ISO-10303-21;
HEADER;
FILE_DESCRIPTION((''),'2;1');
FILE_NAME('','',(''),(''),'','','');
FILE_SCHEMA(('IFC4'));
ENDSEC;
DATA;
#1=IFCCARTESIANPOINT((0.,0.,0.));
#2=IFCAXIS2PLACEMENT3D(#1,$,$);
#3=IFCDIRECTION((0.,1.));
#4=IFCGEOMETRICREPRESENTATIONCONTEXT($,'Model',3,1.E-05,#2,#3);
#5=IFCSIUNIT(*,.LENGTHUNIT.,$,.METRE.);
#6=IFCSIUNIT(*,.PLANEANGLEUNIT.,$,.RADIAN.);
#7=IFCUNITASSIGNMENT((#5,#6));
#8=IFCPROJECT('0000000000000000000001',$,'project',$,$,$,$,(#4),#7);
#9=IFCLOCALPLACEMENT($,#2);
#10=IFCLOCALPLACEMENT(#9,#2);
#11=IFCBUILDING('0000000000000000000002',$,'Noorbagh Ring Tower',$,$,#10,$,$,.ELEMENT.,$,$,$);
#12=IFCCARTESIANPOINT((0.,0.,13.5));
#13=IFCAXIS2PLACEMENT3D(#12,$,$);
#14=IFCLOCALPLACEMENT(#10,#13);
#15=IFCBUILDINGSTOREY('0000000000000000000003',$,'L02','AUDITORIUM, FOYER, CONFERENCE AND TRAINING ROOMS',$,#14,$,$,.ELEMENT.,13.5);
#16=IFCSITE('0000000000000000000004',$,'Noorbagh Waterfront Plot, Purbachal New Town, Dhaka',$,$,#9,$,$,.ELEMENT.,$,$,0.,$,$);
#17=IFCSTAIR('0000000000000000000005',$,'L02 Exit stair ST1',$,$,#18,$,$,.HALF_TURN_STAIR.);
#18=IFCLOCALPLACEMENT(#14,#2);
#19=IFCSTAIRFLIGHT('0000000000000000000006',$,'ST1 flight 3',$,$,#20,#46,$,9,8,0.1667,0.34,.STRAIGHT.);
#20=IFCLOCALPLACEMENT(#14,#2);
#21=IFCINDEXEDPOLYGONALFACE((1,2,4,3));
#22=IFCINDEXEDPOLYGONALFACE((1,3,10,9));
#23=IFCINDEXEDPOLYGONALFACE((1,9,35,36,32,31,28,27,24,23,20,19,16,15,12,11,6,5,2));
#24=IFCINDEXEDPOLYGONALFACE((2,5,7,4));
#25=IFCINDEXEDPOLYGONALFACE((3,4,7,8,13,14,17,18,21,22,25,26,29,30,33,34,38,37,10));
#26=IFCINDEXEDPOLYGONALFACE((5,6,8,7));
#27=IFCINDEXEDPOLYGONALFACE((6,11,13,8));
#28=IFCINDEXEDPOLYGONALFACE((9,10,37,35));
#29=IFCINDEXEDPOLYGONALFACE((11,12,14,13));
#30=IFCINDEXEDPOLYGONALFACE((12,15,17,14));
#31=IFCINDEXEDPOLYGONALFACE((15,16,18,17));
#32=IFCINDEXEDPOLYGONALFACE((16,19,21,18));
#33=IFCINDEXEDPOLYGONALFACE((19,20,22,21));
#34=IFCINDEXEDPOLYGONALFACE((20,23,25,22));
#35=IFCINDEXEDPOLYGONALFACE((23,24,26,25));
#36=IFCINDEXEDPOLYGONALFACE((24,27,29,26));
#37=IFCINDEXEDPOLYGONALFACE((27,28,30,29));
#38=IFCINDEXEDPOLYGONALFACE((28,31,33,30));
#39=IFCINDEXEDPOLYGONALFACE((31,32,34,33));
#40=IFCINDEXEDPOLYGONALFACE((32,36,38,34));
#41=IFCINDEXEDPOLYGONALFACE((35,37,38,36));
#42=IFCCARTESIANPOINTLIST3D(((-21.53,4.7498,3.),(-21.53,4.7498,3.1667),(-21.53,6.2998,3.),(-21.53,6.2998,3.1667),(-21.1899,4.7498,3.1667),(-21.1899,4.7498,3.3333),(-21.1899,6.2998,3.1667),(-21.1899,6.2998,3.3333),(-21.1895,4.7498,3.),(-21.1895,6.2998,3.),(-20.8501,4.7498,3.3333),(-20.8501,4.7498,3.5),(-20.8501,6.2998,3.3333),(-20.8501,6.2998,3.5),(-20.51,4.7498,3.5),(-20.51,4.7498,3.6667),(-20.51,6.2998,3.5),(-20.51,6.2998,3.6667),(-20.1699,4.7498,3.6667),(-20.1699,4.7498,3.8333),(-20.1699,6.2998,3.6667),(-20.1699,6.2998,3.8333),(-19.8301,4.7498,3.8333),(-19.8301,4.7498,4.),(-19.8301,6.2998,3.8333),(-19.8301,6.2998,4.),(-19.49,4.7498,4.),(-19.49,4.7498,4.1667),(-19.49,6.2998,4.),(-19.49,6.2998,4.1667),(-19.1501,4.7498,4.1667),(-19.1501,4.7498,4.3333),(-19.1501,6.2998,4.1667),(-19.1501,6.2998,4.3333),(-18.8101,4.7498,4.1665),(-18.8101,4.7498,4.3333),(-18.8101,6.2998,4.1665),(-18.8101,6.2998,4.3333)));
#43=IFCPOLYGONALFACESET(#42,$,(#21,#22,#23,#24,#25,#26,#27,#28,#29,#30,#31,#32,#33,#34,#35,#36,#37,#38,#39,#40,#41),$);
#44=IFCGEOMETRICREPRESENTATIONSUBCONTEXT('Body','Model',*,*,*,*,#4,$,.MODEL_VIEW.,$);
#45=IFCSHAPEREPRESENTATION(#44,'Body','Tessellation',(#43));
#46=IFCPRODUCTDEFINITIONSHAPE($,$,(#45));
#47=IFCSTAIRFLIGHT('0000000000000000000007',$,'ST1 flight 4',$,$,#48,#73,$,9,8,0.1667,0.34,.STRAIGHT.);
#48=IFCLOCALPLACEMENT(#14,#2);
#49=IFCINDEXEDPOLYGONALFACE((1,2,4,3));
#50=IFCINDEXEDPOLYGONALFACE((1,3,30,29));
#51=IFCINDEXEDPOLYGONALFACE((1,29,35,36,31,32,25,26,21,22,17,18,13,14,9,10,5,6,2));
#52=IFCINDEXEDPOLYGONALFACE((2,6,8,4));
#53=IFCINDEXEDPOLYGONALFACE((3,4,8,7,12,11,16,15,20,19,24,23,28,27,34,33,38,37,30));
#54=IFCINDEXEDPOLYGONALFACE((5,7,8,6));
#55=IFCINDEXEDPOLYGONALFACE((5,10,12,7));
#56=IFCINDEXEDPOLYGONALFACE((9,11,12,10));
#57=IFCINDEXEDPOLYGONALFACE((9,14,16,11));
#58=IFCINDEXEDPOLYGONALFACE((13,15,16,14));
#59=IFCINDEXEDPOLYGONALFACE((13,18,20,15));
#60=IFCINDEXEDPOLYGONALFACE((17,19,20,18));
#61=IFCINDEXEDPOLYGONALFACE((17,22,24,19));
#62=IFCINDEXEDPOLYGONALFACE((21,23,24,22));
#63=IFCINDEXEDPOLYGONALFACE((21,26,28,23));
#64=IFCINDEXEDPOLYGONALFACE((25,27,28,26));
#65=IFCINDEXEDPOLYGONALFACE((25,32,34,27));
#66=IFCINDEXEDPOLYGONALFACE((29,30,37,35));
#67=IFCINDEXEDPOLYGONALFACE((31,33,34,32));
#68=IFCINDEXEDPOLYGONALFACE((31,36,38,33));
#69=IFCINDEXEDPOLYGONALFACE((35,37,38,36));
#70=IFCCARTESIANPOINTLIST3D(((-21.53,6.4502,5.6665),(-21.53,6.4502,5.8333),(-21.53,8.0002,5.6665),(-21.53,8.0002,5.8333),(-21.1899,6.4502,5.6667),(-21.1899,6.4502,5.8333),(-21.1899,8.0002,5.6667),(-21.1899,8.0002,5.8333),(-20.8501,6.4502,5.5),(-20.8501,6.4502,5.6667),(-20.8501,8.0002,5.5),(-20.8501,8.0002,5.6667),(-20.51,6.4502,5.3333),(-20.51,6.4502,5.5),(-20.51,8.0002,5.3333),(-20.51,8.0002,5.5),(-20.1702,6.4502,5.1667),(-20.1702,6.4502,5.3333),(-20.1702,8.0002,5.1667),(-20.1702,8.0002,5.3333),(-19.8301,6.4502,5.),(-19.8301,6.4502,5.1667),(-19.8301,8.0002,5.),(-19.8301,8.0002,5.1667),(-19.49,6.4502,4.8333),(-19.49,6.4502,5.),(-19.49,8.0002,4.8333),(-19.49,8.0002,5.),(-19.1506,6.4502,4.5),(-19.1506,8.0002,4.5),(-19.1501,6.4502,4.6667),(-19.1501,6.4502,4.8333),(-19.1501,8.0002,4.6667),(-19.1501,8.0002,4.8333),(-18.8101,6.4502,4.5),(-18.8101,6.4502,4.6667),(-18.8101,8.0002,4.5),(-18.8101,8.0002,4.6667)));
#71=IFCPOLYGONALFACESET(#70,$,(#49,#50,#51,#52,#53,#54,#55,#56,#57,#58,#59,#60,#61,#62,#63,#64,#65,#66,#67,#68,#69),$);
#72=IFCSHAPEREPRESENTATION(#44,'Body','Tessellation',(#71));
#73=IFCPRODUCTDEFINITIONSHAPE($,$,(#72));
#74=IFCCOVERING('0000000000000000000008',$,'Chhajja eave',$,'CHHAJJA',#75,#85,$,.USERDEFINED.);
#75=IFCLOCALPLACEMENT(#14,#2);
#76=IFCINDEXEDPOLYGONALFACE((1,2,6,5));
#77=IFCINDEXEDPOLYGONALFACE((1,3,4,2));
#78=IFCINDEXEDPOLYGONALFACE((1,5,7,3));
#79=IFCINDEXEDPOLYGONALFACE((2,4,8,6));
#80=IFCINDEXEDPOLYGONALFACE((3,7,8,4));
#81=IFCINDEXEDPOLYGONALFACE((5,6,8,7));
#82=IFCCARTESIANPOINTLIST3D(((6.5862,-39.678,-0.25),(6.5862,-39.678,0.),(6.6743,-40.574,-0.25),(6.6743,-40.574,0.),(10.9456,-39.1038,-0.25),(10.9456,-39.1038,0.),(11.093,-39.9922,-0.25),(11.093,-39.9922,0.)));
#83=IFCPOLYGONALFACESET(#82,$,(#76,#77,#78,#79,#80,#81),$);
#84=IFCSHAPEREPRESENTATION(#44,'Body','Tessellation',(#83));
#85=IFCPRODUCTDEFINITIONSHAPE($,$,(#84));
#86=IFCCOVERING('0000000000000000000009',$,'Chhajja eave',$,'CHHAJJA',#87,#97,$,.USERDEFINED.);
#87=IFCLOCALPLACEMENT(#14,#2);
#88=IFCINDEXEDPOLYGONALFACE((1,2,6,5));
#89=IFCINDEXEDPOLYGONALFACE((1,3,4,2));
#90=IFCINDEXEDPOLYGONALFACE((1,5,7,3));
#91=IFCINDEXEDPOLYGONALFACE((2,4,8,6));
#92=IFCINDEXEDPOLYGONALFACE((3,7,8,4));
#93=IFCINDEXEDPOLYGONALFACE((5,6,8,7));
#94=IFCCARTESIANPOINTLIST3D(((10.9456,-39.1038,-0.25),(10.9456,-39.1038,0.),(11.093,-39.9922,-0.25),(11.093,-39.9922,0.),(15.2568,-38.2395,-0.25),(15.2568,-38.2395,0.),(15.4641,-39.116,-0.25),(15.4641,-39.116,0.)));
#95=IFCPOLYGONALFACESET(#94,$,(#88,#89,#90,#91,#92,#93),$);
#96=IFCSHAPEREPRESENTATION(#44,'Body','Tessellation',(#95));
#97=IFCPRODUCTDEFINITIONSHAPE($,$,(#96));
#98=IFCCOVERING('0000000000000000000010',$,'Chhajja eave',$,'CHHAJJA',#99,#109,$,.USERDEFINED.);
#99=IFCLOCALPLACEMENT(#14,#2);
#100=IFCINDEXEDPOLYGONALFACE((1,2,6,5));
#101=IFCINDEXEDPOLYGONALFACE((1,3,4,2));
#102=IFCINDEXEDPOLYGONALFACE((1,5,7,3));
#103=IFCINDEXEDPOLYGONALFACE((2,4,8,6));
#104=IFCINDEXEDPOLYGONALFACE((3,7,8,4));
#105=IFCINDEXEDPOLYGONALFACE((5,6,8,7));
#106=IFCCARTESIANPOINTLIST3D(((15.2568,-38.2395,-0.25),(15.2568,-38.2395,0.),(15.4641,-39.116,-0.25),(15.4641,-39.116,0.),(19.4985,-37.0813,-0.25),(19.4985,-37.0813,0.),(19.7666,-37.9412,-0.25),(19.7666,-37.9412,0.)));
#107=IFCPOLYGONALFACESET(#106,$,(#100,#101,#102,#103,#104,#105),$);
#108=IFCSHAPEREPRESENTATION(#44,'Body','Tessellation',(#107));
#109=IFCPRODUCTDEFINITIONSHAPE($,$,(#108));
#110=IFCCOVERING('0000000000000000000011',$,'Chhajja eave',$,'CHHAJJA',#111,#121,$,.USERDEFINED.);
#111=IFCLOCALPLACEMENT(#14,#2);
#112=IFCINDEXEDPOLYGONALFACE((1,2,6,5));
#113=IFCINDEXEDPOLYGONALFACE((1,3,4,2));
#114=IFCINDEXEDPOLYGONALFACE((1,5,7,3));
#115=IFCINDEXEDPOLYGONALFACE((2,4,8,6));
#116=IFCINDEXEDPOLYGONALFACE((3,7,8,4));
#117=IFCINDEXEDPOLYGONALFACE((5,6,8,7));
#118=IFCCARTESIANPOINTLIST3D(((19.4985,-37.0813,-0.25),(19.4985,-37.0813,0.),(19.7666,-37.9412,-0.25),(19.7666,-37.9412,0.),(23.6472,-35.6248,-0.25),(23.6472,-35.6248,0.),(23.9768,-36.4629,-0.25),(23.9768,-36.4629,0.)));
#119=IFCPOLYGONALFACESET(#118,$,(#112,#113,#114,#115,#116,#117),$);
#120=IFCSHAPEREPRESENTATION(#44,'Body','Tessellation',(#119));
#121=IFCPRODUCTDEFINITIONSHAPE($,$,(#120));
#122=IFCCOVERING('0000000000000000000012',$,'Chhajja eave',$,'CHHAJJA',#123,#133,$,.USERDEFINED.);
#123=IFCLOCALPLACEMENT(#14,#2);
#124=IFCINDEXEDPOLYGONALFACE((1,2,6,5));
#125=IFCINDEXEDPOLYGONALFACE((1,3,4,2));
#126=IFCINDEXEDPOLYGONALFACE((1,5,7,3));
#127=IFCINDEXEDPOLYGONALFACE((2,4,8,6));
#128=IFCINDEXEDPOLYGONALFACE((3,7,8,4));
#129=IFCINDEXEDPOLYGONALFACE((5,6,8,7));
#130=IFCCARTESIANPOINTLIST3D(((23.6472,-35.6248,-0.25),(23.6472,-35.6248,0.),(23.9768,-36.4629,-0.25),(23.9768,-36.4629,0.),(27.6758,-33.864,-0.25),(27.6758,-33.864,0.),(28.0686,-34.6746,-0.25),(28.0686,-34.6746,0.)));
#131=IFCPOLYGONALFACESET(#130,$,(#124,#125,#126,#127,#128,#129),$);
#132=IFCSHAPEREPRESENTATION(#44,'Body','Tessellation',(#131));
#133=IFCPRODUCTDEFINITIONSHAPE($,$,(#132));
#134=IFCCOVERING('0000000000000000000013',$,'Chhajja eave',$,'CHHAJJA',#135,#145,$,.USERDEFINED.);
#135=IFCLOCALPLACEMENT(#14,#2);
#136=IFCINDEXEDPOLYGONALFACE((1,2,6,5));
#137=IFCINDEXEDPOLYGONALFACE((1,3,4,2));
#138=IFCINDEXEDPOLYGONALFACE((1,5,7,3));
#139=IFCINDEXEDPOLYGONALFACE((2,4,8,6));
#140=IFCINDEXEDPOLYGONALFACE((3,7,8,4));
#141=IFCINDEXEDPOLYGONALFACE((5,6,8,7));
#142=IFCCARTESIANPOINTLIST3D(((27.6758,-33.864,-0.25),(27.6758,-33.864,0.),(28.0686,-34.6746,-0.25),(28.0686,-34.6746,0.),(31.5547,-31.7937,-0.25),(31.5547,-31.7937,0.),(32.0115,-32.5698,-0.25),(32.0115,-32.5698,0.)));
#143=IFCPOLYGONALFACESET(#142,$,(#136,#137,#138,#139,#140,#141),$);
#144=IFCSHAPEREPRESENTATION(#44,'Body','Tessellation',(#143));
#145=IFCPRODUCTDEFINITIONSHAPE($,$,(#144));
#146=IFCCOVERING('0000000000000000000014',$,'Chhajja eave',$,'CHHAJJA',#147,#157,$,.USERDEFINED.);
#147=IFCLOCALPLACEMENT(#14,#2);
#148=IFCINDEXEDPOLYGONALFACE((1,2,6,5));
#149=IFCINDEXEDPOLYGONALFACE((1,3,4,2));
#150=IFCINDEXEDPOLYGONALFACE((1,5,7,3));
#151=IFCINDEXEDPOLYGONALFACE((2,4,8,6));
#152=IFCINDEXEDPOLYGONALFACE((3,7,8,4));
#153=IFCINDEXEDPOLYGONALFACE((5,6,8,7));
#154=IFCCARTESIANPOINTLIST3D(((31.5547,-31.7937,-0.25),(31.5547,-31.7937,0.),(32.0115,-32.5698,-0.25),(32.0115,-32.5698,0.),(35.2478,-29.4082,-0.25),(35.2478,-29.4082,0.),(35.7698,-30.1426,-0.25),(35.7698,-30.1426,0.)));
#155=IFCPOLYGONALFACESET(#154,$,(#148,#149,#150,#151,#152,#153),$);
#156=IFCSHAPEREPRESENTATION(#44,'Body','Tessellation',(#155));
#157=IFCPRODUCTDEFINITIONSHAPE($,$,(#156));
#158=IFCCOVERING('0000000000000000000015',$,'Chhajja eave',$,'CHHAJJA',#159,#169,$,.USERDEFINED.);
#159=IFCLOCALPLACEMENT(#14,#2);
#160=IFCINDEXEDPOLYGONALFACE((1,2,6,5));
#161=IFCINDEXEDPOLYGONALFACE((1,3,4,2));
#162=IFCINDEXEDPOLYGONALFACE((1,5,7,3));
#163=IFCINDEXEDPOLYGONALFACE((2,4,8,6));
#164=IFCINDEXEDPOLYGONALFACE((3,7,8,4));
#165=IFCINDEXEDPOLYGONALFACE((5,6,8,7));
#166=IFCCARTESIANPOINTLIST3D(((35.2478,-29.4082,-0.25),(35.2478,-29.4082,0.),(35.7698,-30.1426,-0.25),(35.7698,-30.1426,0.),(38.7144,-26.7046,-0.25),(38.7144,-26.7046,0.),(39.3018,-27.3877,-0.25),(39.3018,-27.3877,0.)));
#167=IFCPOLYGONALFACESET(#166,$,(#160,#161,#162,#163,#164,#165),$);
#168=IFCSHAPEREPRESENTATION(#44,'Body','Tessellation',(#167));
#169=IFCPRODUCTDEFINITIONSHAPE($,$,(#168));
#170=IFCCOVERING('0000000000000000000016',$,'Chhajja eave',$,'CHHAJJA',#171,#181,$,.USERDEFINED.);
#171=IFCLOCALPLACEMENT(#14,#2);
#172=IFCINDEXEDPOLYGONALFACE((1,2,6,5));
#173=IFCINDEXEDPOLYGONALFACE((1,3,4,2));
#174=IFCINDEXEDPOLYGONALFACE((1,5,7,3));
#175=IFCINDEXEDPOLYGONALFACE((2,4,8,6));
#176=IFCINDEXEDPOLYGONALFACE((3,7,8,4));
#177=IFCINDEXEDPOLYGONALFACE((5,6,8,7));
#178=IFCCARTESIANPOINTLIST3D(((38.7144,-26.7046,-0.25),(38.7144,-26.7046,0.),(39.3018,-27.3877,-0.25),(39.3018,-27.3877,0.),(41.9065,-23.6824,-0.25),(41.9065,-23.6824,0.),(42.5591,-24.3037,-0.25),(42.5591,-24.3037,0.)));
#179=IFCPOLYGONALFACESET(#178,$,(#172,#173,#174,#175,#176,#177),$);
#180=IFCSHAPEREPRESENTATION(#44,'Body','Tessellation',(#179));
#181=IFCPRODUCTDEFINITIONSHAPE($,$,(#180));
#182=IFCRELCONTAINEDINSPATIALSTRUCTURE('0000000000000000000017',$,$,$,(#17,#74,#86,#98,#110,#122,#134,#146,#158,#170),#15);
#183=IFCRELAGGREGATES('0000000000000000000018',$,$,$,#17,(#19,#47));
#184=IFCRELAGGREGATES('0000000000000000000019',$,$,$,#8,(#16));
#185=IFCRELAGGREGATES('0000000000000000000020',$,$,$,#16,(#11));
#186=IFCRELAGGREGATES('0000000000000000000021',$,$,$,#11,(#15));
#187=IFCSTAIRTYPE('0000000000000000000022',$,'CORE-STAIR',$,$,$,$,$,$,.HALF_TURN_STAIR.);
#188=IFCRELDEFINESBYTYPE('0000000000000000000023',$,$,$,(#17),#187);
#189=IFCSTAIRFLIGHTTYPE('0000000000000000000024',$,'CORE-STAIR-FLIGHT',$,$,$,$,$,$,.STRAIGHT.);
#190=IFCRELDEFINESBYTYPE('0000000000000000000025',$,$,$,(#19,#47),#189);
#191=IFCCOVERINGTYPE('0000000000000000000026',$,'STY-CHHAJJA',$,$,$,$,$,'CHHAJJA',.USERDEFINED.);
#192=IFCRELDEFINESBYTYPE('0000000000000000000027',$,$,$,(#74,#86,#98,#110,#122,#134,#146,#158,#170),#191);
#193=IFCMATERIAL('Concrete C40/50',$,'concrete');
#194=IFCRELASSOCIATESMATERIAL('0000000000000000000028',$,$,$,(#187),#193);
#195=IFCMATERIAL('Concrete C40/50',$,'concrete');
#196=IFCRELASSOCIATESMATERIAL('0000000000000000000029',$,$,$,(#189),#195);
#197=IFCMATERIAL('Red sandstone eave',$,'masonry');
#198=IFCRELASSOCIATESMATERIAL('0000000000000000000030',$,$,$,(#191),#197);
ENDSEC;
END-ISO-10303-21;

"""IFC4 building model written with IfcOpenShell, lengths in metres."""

from ifc_helpers import new_model, si_unit, direction, frame, origin, place, context, subcontext, project, spatial, polyline, outline, extrude, material, type_object, element, aggregate, save


model = new_model("IFC4")

# Units and contexts
model_context = context("Model", 3, precision=1e-05, world=origin(), true_north=direction((0.0, 1.0)))
body_context = subcontext(model_context, "Body", "Model", "MODEL_VIEW")
ifc_project = project(units=[si_unit("LENGTHUNIT", "METRE"), si_unit("PLANEANGLEUNIT", "RADIAN")], contexts=[model_context])

# Site, building, storey
site_placement = place(None, origin())
site = spatial("IfcSite", under=ifc_project, at=site_placement, Name="Noorbagh Waterfront Plot, Purbachal New Town, Dhaka", CompositionType="ELEMENT", RefElevation=0.0)
building_placement = place(site_placement, origin())
building = spatial("IfcBuilding", under=site, at=building_placement, Name="Noorbagh Ring Tower", CompositionType="ELEMENT")
storey_placement = place(building_placement, frame((0.0, 0.0, 13.5)))
storey = spatial("IfcBuildingStorey", under=building, at=storey_placement, Name="L02", Description="AUDITORIUM, FOYER, CONFERENCE AND TRAINING ROOMS", CompositionType="ELEMENT", Elevation=13.5)

# Stair, stair flights
ifc_material_1 = material(Name="Concrete C40/50", Category="concrete")
stair_type = type_object("IfcStairType", Name="CORE-STAIR", PredefinedType="HALF_TURN_STAIR", material=ifc_material_1)
stair_placement = place(storey_placement, origin())
stair = element("IfcStair", 1, at=stair_placement, inside=storey, type_object=stair_type, Name="L02 Exit stair ST1", PredefinedType="HALF_TURN_STAIR")
ifc_material_2 = material(Name="Concrete C40/50", Category="concrete")
stair_flight_type = type_object("IfcStairFlightType", Name="CORE-STAIR-FLIGHT", PredefinedType="STRAIGHT", material=ifc_material_2)
stair_flight_1_placement = place(storey_placement, frame((-21.53, 5.5249, 3.0), z_axis=(0.0, 0.0, 1.0), x_axis=(1.0, 0.0, 0.0)))
stair_flight_1 = element("IfcStairFlight", 2, at=stair_flight_1_placement, type_object=stair_flight_type, Name="ST1 flight 3", NumberOfRisers=9, NumberOfTreads=8, PredefinedType="STRAIGHT", RiserHeight=0.1667, TreadLength=0.34, context=body_context, shape_type="SweptSolid", body=[
    extrude(outline(polyline([(0.0, 0.0), (0.0, 0.1667), (0.3401, 0.1667), (0.3401, 0.3333), (0.6799, 0.3333), (0.6799, 0.5), (1.02, 0.5), (1.02, 0.6667), (1.3601, 0.6667), (1.3601, 0.8333), (1.7, 0.8333), (1.7, 1.0), (2.04, 1.0), (2.04, 1.1667), (2.3799, 1.1667), (2.3799, 1.3333), (2.72, 1.3333), (2.72, 1.5), (2.72, 1.1665), (0.3406, 0.0), (0.0, 0.0)])), frame((0.0, 0.7749, 0.0), z_axis=(0.0, -1.0, 0.0), x_axis=(1.0, 0.0, 0.0)), (0.0, 0.0, 1.0), 1.55),
])
stair_flight_2_placement = place(storey_placement, frame((-18.8101, 7.2251, 4.5), z_axis=(0.0, 0.0, 1.0), x_axis=(-1.0, 0.0, 0.0)))
stair_flight_2 = element("IfcStairFlight", 3, at=stair_flight_2_placement, type_object=stair_flight_type, Name="ST1 flight 4", NumberOfRisers=9, NumberOfTreads=8, PredefinedType="STRAIGHT", RiserHeight=0.1667, TreadLength=0.34, context=body_context, shape_type="SweptSolid", body=[
    extrude(outline(polyline([(0.0, 0.0), (0.0, 0.1667), (0.3401, 0.1667), (0.3401, 0.3333), (0.6799, 0.3333), (0.6799, 0.5), (1.02, 0.5), (1.02, 0.6667), (1.3601, 0.6667), (1.3601, 0.8333), (1.7, 0.8333), (1.7, 1.0), (2.04, 1.0), (2.04, 1.1667), (2.3799, 1.1667), (2.3799, 1.3333), (2.72, 1.3333), (2.72, 1.5), (2.72, 1.1665), (0.3406, 0.0), (0.0, 0.0)])), frame((0.0, 0.7749, 0.0), z_axis=(0.0, -1.0, 0.0), x_axis=(1.0, 0.0, 0.0)), (0.0, 0.0, 1.0), 1.55),
])
aggregate(stair, [stair_flight_1, stair_flight_2])

# Coverings
ifc_material_3 = material(Name="Red sandstone eave", Category="masonry")
covering_type = type_object("IfcCoveringType", Name="STY-CHHAJJA", ElementType="CHHAJJA", PredefinedType="USERDEFINED", material=ifc_material_3)
covering_1_placement = place(storey_placement, frame((0.0, 0.0, -0.25)))
element("IfcCovering", 4, at=covering_1_placement, inside=storey, type_object=covering_type, Name="Chhajja eave", ObjectType="CHHAJJA", PredefinedType="USERDEFINED", context=body_context, shape_type="SweptSolid", body=[
    extrude(outline(polyline([(6.5862, -39.678), (10.9456, -39.1038), (11.093, -39.9922), (6.6743, -40.574), (6.5862, -39.678)])), origin(), (0.0, 0.0, 1.0), 0.25),
])
covering_2_placement = place(storey_placement, frame((0.0, 0.0, -0.25)))
element("IfcCovering", 5, at=covering_2_placement, inside=storey, type_object=covering_type, Name="Chhajja eave", ObjectType="CHHAJJA", PredefinedType="USERDEFINED", context=body_context, shape_type="SweptSolid", body=[
    extrude(outline(polyline([(10.9456, -39.1038), (15.2568, -38.2395), (15.4641, -39.116), (11.093, -39.9922), (10.9456, -39.1038)])), origin(), (0.0, 0.0, 1.0), 0.25),
])
covering_3_placement = place(storey_placement, frame((0.0, 0.0, -0.25)))
element("IfcCovering", 6, at=covering_3_placement, inside=storey, type_object=covering_type, Name="Chhajja eave", ObjectType="CHHAJJA", PredefinedType="USERDEFINED", context=body_context, shape_type="SweptSolid", body=[
    extrude(outline(polyline([(15.2568, -38.2395), (19.4985, -37.0813), (19.7666, -37.9412), (15.4641, -39.116), (15.2568, -38.2395)])), origin(), (0.0, 0.0, 1.0), 0.25),
])
covering_4_placement = place(storey_placement, frame((0.0, 0.0, -0.25)))
element("IfcCovering", 7, at=covering_4_placement, inside=storey, type_object=covering_type, Name="Chhajja eave", ObjectType="CHHAJJA", PredefinedType="USERDEFINED", context=body_context, shape_type="SweptSolid", body=[
    extrude(outline(polyline([(19.4985, -37.0813), (23.6472, -35.6248), (23.9768, -36.4629), (19.7666, -37.9412), (19.4985, -37.0813)])), origin(), (0.0, 0.0, 1.0), 0.25),
])
covering_5_placement = place(storey_placement, frame((0.0, 0.0, -0.25)))
element("IfcCovering", 8, at=covering_5_placement, inside=storey, type_object=covering_type, Name="Chhajja eave", ObjectType="CHHAJJA", PredefinedType="USERDEFINED", context=body_context, shape_type="SweptSolid", body=[
    extrude(outline(polyline([(23.6472, -35.6248), (27.6758, -33.864), (28.0686, -34.6746), (23.9768, -36.4629), (23.6472, -35.6248)])), origin(), (0.0, 0.0, 1.0), 0.25),
])
covering_6_placement = place(storey_placement, frame((0.0, 0.0, -0.25)))
element("IfcCovering", 9, at=covering_6_placement, inside=storey, type_object=covering_type, Name="Chhajja eave", ObjectType="CHHAJJA", PredefinedType="USERDEFINED", context=body_context, shape_type="SweptSolid", body=[
    extrude(outline(polyline([(27.6758, -33.864), (31.5547, -31.7937), (32.0115, -32.5698), (28.0686, -34.6746), (27.6758, -33.864)])), origin(), (0.0, 0.0, 1.0), 0.25),
])
covering_7_placement = place(storey_placement, frame((0.0, 0.0, -0.25)))
element("IfcCovering", 10, at=covering_7_placement, inside=storey, type_object=covering_type, Name="Chhajja eave", ObjectType="CHHAJJA", PredefinedType="USERDEFINED", context=body_context, shape_type="SweptSolid", body=[
    extrude(outline(polyline([(31.5547, -31.7937), (35.2478, -29.4082), (35.7698, -30.1426), (32.0115, -32.5698), (31.5547, -31.7937)])), origin(), (0.0, 0.0, 1.0), 0.25),
])
covering_8_placement = place(storey_placement, frame((0.0, 0.0, -0.25)))
element("IfcCovering", 11, at=covering_8_placement, inside=storey, type_object=covering_type, Name="Chhajja eave", ObjectType="CHHAJJA", PredefinedType="USERDEFINED", context=body_context, shape_type="SweptSolid", body=[
    extrude(outline(polyline([(35.2478, -29.4082), (38.7144, -26.7046), (39.3018, -27.3877), (35.7698, -30.1426), (35.2478, -29.4082)])), origin(), (0.0, 0.0, 1.0), 0.25),
])
covering_9_placement = place(storey_placement, frame((0.0, 0.0, -0.25)))
element("IfcCovering", 12, at=covering_9_placement, inside=storey, type_object=covering_type, Name="Chhajja eave", ObjectType="CHHAJJA", PredefinedType="USERDEFINED", context=body_context, shape_type="SweptSolid", body=[
    extrude(outline(polyline([(38.7144, -26.7046), (41.9065, -23.6824), (42.5591, -24.3037), (39.3018, -27.3877), (38.7144, -26.7046)])), origin(), (0.0, 0.0, 1.0), 0.25),
])

save(model, "model.ifc")
